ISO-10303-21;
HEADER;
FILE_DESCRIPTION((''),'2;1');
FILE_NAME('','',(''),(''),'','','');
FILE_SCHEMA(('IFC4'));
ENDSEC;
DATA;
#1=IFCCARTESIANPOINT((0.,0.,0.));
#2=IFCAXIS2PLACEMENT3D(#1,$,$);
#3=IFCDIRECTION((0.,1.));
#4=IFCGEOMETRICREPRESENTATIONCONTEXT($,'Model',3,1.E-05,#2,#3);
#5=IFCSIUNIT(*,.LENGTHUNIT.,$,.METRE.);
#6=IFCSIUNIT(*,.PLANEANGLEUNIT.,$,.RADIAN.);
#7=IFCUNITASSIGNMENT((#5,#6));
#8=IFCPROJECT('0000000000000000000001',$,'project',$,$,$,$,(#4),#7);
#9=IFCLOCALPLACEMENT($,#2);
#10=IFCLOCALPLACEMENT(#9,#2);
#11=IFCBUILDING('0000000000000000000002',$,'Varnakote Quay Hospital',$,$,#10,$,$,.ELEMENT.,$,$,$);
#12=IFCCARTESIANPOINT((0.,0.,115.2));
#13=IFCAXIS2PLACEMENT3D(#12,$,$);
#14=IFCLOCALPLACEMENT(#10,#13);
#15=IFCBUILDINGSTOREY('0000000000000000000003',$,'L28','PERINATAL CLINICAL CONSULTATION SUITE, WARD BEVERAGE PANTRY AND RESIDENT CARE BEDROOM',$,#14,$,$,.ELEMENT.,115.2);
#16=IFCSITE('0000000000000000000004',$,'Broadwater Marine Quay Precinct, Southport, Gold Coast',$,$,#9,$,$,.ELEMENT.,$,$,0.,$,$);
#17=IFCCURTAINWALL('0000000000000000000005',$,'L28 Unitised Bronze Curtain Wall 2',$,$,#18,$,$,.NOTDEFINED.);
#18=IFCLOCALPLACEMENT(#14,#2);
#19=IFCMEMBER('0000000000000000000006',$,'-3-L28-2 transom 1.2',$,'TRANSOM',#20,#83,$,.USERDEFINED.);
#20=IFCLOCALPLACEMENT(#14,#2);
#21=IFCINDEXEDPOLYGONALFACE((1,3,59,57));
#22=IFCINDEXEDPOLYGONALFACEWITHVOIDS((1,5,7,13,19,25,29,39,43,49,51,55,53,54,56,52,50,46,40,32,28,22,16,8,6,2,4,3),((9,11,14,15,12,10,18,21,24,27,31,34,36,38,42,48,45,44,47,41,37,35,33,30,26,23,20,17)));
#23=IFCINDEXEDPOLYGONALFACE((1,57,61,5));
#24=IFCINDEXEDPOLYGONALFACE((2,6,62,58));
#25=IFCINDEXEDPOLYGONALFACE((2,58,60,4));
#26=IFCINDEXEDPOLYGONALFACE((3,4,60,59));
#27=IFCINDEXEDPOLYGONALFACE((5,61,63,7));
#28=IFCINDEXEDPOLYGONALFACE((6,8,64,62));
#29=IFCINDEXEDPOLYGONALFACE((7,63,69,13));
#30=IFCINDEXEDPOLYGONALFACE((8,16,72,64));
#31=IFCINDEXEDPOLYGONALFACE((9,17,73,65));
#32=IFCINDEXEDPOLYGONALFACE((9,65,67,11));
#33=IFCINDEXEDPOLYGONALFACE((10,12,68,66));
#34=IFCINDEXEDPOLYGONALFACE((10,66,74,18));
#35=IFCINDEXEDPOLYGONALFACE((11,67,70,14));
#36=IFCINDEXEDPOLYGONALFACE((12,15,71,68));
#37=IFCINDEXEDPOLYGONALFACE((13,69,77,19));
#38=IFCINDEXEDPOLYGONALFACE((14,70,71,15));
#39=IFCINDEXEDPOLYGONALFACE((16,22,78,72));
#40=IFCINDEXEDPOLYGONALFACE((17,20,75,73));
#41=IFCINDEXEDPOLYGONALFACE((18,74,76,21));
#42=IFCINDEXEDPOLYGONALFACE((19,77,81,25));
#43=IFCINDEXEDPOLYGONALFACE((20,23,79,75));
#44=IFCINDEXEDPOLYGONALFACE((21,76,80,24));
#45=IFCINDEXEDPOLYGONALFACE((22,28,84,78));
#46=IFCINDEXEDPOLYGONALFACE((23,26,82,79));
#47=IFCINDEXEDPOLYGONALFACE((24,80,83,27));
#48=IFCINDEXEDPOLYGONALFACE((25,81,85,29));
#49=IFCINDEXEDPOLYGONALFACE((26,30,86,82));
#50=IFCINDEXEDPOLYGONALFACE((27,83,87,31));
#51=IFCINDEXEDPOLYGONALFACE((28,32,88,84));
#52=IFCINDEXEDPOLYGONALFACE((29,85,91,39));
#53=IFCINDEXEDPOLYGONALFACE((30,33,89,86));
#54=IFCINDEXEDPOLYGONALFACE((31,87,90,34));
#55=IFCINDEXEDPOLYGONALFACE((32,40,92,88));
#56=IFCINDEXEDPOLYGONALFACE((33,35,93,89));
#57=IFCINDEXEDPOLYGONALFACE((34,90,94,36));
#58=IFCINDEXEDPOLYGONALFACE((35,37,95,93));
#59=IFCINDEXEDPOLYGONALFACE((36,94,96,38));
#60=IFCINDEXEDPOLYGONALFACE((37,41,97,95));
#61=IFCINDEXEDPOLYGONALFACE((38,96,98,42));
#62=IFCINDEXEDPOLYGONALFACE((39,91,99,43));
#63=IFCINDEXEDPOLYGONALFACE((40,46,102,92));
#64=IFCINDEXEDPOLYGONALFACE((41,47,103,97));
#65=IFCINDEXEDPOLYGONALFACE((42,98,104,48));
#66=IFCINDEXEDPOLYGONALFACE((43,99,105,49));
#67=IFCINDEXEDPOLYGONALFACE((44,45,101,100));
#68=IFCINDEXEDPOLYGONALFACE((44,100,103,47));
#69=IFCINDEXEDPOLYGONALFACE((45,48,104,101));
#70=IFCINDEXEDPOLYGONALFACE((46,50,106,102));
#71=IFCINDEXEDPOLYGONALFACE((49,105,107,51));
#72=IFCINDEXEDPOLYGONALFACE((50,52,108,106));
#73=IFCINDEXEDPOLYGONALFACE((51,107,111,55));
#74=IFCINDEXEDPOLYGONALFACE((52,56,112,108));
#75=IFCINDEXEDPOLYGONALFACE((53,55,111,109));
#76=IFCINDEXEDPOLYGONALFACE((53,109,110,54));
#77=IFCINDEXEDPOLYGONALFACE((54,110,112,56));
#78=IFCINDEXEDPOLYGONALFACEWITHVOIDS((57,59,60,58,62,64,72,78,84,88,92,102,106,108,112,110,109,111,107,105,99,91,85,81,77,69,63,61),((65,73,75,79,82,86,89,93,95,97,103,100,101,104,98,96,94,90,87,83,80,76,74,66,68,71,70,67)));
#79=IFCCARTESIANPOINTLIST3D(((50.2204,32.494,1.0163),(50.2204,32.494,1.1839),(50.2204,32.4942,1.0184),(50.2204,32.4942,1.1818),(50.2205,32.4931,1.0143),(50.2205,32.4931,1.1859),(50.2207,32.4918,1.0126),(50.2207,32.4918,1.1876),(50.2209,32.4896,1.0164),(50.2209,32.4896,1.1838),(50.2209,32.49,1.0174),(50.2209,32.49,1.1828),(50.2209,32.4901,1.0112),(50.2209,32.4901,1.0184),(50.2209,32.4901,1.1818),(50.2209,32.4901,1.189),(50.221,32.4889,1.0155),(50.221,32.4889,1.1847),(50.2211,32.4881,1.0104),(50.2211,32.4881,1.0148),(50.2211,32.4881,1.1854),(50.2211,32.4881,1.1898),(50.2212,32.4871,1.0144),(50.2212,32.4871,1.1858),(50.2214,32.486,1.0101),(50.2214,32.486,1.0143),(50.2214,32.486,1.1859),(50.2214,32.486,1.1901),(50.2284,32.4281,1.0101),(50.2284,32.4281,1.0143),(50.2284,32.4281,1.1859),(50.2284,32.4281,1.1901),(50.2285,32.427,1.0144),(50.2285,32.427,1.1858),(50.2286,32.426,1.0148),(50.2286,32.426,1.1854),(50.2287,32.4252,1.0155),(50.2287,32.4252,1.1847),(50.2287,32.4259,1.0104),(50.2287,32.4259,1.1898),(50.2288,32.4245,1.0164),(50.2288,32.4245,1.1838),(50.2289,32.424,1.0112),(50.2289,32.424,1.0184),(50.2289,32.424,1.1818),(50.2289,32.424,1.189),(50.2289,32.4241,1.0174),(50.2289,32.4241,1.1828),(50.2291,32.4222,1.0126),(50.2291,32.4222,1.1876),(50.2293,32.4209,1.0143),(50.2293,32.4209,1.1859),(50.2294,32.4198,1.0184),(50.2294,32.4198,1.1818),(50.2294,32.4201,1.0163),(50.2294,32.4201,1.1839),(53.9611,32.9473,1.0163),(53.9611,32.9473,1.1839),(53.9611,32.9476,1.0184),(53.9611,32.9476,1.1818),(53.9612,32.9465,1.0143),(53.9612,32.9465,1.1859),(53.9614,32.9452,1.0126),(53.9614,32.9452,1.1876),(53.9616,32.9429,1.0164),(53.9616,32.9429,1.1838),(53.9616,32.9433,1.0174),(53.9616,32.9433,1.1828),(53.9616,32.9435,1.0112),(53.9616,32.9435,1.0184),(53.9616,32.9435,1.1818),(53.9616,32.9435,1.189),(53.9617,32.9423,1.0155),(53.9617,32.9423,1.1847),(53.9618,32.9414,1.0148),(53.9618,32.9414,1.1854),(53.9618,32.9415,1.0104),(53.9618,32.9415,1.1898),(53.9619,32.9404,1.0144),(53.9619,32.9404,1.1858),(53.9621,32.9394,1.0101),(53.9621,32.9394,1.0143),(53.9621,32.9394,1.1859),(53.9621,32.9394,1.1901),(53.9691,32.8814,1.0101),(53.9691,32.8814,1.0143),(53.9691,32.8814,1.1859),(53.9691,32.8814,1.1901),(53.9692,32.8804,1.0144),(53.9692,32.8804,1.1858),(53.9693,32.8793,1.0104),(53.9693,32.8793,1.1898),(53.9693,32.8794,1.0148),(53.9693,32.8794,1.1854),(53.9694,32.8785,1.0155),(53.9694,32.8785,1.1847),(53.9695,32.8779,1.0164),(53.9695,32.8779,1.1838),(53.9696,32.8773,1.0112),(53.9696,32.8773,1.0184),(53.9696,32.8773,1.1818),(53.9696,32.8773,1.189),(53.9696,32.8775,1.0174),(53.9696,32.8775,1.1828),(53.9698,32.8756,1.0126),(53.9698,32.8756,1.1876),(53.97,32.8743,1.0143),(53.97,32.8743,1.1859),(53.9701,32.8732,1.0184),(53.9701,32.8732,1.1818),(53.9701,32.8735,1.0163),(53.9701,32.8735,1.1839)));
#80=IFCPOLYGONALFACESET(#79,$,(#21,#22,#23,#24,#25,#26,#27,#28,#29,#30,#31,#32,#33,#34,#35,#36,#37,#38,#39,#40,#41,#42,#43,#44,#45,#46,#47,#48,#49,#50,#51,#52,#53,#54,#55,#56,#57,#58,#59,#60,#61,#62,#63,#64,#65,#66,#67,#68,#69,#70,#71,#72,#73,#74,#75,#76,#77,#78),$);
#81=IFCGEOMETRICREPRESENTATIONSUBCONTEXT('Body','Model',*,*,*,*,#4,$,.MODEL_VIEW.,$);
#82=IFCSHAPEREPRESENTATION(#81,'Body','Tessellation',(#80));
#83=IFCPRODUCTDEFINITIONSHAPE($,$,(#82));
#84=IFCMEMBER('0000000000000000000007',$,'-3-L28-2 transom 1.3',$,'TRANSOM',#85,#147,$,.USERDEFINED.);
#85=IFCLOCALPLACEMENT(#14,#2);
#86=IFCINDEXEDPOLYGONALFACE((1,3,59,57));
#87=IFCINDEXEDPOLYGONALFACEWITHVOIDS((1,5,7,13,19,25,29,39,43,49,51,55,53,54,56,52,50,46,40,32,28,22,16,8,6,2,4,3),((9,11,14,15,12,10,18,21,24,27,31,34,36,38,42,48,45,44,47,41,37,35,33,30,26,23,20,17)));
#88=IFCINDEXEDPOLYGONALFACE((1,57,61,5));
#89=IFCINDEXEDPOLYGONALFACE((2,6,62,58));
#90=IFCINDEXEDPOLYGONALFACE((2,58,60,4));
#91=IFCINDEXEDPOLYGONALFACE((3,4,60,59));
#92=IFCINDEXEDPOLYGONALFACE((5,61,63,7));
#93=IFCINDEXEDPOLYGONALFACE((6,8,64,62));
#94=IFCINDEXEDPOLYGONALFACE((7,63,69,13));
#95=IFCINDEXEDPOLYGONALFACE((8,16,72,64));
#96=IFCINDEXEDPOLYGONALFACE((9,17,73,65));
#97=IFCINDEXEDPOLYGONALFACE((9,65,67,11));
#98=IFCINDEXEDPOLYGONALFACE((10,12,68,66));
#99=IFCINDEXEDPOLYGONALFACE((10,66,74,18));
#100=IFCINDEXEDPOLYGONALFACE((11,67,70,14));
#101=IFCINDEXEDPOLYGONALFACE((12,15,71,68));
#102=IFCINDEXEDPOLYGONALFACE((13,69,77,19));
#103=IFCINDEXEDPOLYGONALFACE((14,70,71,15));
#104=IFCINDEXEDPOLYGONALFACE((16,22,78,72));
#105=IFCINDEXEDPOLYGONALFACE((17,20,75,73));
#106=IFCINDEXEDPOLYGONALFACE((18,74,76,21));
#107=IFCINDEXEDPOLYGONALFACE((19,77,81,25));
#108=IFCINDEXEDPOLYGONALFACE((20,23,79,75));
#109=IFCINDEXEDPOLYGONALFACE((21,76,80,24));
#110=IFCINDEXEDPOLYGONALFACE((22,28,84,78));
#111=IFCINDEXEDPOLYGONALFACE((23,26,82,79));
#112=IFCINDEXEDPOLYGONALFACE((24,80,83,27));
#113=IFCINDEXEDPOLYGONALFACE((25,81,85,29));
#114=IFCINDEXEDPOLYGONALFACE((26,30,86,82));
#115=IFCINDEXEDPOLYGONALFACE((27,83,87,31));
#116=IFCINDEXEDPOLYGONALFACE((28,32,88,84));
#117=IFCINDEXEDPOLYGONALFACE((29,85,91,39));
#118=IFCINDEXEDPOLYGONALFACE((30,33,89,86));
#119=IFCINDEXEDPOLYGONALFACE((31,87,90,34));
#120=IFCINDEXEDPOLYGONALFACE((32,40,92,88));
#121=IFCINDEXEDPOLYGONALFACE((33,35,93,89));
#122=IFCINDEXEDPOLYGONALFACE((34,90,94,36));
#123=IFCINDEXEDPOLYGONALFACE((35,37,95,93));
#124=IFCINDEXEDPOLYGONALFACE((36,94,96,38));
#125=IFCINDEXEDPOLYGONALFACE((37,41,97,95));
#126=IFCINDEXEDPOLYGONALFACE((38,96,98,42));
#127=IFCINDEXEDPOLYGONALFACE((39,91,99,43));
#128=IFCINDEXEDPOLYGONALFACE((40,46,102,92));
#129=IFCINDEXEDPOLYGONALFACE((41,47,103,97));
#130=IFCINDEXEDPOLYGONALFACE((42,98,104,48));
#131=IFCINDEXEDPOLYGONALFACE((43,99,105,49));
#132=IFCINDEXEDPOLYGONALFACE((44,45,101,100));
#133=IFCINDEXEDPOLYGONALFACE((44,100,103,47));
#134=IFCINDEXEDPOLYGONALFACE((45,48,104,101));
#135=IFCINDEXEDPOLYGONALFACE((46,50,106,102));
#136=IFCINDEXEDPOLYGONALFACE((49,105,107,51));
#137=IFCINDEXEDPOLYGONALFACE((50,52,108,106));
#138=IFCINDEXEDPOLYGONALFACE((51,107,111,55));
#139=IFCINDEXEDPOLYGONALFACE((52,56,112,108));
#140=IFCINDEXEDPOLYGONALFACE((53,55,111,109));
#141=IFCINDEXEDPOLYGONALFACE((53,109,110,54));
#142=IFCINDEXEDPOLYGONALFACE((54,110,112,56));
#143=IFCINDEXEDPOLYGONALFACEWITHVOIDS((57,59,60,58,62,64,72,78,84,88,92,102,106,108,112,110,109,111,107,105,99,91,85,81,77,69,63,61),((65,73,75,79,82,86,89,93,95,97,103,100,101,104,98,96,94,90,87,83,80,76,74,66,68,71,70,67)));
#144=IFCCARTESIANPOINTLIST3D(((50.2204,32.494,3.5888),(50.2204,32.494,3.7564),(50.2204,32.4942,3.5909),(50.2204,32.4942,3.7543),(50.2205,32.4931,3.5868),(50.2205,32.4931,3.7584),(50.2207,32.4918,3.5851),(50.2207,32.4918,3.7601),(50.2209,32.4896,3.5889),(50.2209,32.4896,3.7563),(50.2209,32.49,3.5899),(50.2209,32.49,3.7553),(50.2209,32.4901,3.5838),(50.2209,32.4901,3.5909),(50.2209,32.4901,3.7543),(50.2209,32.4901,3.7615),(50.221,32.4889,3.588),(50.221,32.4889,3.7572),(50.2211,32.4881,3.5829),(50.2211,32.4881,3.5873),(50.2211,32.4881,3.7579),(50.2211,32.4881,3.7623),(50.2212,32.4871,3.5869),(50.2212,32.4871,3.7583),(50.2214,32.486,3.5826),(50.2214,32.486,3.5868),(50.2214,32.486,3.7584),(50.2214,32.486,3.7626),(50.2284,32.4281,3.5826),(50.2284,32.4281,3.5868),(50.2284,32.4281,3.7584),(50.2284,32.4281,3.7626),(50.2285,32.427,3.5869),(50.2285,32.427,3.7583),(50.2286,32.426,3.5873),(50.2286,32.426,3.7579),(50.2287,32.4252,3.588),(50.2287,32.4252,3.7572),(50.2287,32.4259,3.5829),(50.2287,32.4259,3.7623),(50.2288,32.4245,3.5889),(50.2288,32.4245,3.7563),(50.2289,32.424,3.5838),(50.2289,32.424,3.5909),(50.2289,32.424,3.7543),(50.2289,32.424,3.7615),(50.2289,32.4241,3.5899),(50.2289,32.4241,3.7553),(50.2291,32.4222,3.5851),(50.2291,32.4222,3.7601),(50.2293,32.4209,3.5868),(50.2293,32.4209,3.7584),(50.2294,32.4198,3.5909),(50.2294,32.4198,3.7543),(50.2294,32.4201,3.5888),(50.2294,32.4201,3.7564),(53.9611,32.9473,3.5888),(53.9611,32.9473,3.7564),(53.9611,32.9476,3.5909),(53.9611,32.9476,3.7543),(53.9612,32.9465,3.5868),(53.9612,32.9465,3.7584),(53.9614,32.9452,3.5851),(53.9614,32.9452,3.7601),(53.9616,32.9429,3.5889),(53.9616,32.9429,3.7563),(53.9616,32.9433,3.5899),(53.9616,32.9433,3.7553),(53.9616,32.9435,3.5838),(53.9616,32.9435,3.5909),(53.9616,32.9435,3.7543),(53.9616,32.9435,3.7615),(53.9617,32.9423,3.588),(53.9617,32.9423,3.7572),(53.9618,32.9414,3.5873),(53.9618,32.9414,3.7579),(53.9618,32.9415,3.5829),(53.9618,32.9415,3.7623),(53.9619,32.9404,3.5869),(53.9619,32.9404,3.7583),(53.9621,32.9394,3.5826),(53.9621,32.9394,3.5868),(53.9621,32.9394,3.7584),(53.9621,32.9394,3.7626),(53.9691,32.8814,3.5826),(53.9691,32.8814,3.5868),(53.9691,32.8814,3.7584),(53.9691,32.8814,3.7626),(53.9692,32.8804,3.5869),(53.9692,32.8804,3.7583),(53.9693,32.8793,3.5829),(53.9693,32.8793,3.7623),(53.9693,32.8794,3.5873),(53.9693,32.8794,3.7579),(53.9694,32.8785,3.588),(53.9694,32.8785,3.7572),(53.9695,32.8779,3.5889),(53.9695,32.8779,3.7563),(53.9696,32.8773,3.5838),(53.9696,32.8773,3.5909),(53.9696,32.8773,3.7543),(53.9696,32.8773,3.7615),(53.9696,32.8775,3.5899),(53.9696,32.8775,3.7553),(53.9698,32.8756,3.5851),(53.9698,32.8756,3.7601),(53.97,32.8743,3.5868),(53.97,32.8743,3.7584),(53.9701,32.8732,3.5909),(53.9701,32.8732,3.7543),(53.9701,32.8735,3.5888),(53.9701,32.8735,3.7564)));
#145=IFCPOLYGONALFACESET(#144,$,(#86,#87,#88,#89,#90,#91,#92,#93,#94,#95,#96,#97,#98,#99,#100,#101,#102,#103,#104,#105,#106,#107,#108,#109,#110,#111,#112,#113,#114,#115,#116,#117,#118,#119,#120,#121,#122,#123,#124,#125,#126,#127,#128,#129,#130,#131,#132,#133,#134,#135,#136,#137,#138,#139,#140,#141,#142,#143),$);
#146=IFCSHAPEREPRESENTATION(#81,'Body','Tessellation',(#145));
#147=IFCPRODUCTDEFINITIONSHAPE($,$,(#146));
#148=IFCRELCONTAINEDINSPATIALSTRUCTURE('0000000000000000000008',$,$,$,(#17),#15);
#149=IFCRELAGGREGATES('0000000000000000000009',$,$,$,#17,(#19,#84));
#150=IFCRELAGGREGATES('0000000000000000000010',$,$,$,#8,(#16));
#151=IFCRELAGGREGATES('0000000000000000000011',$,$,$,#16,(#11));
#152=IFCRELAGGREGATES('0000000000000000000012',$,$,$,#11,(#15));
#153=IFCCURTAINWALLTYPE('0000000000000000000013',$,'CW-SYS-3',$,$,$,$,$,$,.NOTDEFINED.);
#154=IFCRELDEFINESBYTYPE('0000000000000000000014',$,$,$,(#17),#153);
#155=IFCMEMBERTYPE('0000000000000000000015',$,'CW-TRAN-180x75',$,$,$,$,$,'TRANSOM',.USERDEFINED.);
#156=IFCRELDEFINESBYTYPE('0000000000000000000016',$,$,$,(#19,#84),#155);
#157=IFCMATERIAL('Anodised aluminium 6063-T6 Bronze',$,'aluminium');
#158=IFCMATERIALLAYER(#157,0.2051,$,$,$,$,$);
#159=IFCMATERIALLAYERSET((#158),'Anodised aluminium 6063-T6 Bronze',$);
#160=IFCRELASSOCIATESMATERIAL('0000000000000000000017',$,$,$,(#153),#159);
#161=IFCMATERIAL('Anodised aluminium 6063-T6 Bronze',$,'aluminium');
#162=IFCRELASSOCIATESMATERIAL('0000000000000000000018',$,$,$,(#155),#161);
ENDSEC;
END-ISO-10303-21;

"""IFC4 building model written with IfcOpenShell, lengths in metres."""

from ifc_helpers import new_model, si_unit, direction, frame, origin, origin_2d, place, context, subcontext, project, spatial, hollow_rectangle, extrude, material, layer, layer_set, material_profile, profile_set, type_object, element, aggregate, save


model = new_model("IFC4")

# Units and contexts
model_context = context("Model", 3, precision=1e-05, world=origin(), true_north=direction((0.0, 1.0)))
body_context = subcontext(model_context, "Body", "Model", "MODEL_VIEW")
ifc_project = project(units=[si_unit("LENGTHUNIT", "METRE"), si_unit("PLANEANGLEUNIT", "RADIAN")], contexts=[model_context])

# Site, building, storey
site_placement = place(None, origin())
site = spatial("IfcSite", under=ifc_project, at=site_placement, Name="Broadwater Marine Quay Precinct, Southport, Gold Coast", CompositionType="ELEMENT", RefElevation=0.0)
building_placement = place(site_placement, origin())
building = spatial("IfcBuilding", under=site, at=building_placement, Name="Varnakote Quay Hospital", CompositionType="ELEMENT")
storey_placement = place(building_placement, frame((0.0, 0.0, 115.2)))
storey = spatial("IfcBuildingStorey", under=building, at=storey_placement, Name="L28", Description="PERINATAL CLINICAL CONSULTATION SUITE, WARD BEVERAGE PANTRY AND RESIDENT CARE BEDROOM", CompositionType="ELEMENT", Elevation=115.2)

# Shared definitions
ifc_material_1 = material(Name="Anodised aluminium 6063-T6 Bronze", Category="aluminium")
ifc_layer_1 = layer(ifc_material_1, 0.2051)
ifc_layer_set_1 = layer_set([ifc_layer_1], Name="Anodised aluminium 6063-T6 Bronze")
curtain_wall_type = type_object("IfcCurtainWallType", Name="CW-SYS-3", PredefinedType="NOTDEFINED", material=ifc_layer_set_1)

# Curtain wall, members
curtain_wall_1_placement = place(storey_placement, origin())
curtain_wall_1 = element("IfcCurtainWall", 1, at=curtain_wall_1_placement, inside=storey, type_object=curtain_wall_type, Name="L28 Unitised Bronze Curtain Wall 2", PredefinedType="NOTDEFINED")
ifc_material_2 = material(Name="Anodised aluminium 6063-T6 Bronze", Category="aluminium")
ifc_material_profile_1 = material_profile(ifc_material_2, hollow_rectangle(XDim=0.075, YDim=0.1799, WallThickness=0.0042, InnerFilletRadius=0.0042, OuterFilletRadius=0.0083, at=origin_2d()), Name="CW-TRAN-180x75")
ifc_profile_set_1 = profile_set([ifc_material_profile_1], Name="Anodised aluminium 6063-T6 Bronze")
member_type_1 = type_object("IfcMemberType", Name="CW-TRAN-180x75", ElementType="TRANSOM", PredefinedType="USERDEFINED", material=ifc_profile_set_1)
member_1_placement = place(storey_placement, frame((53.9656, 32.9104, 1.1001), z_axis=(-0.992735, -0.120318, 0.0), x_axis=(0.120318, -0.992735, 0.0)))
member_1 = element("IfcMember", 2, at=member_1_placement, type_object=member_type_1, Name="-3-L28-2 transom 1.2", ObjectType="TRANSOM", PredefinedType="USERDEFINED", context=body_context, shape_type="SweptSolid", body=[
    extrude(hollow_rectangle(XDim=0.075, YDim=0.1799, WallThickness=0.0042, InnerFilletRadius=0.0042, OuterFilletRadius=0.0083, at=origin_2d()), origin(), (0.0, 0.0, 1.0), 3.7681),
])
member_2_placement = place(storey_placement, frame((53.9656, 32.9104, 3.6726), z_axis=(-0.992735, -0.120318, 0.0), x_axis=(0.120318, -0.992735, 0.0)))
member_2 = element("IfcMember", 3, at=member_2_placement, type_object=member_type_1, Name="-3-L28-2 transom 1.3", ObjectType="TRANSOM", PredefinedType="USERDEFINED", context=body_context, shape_type="SweptSolid", body=[
    extrude(hollow_rectangle(XDim=0.075, YDim=0.1799, WallThickness=0.0042, InnerFilletRadius=0.0042, OuterFilletRadius=0.0083, at=origin_2d()), origin(), (0.0, 0.0, 1.0), 3.7681),
])

aggregate(curtain_wall_1, [member_1, member_2])

save(model, "model.ifc")
